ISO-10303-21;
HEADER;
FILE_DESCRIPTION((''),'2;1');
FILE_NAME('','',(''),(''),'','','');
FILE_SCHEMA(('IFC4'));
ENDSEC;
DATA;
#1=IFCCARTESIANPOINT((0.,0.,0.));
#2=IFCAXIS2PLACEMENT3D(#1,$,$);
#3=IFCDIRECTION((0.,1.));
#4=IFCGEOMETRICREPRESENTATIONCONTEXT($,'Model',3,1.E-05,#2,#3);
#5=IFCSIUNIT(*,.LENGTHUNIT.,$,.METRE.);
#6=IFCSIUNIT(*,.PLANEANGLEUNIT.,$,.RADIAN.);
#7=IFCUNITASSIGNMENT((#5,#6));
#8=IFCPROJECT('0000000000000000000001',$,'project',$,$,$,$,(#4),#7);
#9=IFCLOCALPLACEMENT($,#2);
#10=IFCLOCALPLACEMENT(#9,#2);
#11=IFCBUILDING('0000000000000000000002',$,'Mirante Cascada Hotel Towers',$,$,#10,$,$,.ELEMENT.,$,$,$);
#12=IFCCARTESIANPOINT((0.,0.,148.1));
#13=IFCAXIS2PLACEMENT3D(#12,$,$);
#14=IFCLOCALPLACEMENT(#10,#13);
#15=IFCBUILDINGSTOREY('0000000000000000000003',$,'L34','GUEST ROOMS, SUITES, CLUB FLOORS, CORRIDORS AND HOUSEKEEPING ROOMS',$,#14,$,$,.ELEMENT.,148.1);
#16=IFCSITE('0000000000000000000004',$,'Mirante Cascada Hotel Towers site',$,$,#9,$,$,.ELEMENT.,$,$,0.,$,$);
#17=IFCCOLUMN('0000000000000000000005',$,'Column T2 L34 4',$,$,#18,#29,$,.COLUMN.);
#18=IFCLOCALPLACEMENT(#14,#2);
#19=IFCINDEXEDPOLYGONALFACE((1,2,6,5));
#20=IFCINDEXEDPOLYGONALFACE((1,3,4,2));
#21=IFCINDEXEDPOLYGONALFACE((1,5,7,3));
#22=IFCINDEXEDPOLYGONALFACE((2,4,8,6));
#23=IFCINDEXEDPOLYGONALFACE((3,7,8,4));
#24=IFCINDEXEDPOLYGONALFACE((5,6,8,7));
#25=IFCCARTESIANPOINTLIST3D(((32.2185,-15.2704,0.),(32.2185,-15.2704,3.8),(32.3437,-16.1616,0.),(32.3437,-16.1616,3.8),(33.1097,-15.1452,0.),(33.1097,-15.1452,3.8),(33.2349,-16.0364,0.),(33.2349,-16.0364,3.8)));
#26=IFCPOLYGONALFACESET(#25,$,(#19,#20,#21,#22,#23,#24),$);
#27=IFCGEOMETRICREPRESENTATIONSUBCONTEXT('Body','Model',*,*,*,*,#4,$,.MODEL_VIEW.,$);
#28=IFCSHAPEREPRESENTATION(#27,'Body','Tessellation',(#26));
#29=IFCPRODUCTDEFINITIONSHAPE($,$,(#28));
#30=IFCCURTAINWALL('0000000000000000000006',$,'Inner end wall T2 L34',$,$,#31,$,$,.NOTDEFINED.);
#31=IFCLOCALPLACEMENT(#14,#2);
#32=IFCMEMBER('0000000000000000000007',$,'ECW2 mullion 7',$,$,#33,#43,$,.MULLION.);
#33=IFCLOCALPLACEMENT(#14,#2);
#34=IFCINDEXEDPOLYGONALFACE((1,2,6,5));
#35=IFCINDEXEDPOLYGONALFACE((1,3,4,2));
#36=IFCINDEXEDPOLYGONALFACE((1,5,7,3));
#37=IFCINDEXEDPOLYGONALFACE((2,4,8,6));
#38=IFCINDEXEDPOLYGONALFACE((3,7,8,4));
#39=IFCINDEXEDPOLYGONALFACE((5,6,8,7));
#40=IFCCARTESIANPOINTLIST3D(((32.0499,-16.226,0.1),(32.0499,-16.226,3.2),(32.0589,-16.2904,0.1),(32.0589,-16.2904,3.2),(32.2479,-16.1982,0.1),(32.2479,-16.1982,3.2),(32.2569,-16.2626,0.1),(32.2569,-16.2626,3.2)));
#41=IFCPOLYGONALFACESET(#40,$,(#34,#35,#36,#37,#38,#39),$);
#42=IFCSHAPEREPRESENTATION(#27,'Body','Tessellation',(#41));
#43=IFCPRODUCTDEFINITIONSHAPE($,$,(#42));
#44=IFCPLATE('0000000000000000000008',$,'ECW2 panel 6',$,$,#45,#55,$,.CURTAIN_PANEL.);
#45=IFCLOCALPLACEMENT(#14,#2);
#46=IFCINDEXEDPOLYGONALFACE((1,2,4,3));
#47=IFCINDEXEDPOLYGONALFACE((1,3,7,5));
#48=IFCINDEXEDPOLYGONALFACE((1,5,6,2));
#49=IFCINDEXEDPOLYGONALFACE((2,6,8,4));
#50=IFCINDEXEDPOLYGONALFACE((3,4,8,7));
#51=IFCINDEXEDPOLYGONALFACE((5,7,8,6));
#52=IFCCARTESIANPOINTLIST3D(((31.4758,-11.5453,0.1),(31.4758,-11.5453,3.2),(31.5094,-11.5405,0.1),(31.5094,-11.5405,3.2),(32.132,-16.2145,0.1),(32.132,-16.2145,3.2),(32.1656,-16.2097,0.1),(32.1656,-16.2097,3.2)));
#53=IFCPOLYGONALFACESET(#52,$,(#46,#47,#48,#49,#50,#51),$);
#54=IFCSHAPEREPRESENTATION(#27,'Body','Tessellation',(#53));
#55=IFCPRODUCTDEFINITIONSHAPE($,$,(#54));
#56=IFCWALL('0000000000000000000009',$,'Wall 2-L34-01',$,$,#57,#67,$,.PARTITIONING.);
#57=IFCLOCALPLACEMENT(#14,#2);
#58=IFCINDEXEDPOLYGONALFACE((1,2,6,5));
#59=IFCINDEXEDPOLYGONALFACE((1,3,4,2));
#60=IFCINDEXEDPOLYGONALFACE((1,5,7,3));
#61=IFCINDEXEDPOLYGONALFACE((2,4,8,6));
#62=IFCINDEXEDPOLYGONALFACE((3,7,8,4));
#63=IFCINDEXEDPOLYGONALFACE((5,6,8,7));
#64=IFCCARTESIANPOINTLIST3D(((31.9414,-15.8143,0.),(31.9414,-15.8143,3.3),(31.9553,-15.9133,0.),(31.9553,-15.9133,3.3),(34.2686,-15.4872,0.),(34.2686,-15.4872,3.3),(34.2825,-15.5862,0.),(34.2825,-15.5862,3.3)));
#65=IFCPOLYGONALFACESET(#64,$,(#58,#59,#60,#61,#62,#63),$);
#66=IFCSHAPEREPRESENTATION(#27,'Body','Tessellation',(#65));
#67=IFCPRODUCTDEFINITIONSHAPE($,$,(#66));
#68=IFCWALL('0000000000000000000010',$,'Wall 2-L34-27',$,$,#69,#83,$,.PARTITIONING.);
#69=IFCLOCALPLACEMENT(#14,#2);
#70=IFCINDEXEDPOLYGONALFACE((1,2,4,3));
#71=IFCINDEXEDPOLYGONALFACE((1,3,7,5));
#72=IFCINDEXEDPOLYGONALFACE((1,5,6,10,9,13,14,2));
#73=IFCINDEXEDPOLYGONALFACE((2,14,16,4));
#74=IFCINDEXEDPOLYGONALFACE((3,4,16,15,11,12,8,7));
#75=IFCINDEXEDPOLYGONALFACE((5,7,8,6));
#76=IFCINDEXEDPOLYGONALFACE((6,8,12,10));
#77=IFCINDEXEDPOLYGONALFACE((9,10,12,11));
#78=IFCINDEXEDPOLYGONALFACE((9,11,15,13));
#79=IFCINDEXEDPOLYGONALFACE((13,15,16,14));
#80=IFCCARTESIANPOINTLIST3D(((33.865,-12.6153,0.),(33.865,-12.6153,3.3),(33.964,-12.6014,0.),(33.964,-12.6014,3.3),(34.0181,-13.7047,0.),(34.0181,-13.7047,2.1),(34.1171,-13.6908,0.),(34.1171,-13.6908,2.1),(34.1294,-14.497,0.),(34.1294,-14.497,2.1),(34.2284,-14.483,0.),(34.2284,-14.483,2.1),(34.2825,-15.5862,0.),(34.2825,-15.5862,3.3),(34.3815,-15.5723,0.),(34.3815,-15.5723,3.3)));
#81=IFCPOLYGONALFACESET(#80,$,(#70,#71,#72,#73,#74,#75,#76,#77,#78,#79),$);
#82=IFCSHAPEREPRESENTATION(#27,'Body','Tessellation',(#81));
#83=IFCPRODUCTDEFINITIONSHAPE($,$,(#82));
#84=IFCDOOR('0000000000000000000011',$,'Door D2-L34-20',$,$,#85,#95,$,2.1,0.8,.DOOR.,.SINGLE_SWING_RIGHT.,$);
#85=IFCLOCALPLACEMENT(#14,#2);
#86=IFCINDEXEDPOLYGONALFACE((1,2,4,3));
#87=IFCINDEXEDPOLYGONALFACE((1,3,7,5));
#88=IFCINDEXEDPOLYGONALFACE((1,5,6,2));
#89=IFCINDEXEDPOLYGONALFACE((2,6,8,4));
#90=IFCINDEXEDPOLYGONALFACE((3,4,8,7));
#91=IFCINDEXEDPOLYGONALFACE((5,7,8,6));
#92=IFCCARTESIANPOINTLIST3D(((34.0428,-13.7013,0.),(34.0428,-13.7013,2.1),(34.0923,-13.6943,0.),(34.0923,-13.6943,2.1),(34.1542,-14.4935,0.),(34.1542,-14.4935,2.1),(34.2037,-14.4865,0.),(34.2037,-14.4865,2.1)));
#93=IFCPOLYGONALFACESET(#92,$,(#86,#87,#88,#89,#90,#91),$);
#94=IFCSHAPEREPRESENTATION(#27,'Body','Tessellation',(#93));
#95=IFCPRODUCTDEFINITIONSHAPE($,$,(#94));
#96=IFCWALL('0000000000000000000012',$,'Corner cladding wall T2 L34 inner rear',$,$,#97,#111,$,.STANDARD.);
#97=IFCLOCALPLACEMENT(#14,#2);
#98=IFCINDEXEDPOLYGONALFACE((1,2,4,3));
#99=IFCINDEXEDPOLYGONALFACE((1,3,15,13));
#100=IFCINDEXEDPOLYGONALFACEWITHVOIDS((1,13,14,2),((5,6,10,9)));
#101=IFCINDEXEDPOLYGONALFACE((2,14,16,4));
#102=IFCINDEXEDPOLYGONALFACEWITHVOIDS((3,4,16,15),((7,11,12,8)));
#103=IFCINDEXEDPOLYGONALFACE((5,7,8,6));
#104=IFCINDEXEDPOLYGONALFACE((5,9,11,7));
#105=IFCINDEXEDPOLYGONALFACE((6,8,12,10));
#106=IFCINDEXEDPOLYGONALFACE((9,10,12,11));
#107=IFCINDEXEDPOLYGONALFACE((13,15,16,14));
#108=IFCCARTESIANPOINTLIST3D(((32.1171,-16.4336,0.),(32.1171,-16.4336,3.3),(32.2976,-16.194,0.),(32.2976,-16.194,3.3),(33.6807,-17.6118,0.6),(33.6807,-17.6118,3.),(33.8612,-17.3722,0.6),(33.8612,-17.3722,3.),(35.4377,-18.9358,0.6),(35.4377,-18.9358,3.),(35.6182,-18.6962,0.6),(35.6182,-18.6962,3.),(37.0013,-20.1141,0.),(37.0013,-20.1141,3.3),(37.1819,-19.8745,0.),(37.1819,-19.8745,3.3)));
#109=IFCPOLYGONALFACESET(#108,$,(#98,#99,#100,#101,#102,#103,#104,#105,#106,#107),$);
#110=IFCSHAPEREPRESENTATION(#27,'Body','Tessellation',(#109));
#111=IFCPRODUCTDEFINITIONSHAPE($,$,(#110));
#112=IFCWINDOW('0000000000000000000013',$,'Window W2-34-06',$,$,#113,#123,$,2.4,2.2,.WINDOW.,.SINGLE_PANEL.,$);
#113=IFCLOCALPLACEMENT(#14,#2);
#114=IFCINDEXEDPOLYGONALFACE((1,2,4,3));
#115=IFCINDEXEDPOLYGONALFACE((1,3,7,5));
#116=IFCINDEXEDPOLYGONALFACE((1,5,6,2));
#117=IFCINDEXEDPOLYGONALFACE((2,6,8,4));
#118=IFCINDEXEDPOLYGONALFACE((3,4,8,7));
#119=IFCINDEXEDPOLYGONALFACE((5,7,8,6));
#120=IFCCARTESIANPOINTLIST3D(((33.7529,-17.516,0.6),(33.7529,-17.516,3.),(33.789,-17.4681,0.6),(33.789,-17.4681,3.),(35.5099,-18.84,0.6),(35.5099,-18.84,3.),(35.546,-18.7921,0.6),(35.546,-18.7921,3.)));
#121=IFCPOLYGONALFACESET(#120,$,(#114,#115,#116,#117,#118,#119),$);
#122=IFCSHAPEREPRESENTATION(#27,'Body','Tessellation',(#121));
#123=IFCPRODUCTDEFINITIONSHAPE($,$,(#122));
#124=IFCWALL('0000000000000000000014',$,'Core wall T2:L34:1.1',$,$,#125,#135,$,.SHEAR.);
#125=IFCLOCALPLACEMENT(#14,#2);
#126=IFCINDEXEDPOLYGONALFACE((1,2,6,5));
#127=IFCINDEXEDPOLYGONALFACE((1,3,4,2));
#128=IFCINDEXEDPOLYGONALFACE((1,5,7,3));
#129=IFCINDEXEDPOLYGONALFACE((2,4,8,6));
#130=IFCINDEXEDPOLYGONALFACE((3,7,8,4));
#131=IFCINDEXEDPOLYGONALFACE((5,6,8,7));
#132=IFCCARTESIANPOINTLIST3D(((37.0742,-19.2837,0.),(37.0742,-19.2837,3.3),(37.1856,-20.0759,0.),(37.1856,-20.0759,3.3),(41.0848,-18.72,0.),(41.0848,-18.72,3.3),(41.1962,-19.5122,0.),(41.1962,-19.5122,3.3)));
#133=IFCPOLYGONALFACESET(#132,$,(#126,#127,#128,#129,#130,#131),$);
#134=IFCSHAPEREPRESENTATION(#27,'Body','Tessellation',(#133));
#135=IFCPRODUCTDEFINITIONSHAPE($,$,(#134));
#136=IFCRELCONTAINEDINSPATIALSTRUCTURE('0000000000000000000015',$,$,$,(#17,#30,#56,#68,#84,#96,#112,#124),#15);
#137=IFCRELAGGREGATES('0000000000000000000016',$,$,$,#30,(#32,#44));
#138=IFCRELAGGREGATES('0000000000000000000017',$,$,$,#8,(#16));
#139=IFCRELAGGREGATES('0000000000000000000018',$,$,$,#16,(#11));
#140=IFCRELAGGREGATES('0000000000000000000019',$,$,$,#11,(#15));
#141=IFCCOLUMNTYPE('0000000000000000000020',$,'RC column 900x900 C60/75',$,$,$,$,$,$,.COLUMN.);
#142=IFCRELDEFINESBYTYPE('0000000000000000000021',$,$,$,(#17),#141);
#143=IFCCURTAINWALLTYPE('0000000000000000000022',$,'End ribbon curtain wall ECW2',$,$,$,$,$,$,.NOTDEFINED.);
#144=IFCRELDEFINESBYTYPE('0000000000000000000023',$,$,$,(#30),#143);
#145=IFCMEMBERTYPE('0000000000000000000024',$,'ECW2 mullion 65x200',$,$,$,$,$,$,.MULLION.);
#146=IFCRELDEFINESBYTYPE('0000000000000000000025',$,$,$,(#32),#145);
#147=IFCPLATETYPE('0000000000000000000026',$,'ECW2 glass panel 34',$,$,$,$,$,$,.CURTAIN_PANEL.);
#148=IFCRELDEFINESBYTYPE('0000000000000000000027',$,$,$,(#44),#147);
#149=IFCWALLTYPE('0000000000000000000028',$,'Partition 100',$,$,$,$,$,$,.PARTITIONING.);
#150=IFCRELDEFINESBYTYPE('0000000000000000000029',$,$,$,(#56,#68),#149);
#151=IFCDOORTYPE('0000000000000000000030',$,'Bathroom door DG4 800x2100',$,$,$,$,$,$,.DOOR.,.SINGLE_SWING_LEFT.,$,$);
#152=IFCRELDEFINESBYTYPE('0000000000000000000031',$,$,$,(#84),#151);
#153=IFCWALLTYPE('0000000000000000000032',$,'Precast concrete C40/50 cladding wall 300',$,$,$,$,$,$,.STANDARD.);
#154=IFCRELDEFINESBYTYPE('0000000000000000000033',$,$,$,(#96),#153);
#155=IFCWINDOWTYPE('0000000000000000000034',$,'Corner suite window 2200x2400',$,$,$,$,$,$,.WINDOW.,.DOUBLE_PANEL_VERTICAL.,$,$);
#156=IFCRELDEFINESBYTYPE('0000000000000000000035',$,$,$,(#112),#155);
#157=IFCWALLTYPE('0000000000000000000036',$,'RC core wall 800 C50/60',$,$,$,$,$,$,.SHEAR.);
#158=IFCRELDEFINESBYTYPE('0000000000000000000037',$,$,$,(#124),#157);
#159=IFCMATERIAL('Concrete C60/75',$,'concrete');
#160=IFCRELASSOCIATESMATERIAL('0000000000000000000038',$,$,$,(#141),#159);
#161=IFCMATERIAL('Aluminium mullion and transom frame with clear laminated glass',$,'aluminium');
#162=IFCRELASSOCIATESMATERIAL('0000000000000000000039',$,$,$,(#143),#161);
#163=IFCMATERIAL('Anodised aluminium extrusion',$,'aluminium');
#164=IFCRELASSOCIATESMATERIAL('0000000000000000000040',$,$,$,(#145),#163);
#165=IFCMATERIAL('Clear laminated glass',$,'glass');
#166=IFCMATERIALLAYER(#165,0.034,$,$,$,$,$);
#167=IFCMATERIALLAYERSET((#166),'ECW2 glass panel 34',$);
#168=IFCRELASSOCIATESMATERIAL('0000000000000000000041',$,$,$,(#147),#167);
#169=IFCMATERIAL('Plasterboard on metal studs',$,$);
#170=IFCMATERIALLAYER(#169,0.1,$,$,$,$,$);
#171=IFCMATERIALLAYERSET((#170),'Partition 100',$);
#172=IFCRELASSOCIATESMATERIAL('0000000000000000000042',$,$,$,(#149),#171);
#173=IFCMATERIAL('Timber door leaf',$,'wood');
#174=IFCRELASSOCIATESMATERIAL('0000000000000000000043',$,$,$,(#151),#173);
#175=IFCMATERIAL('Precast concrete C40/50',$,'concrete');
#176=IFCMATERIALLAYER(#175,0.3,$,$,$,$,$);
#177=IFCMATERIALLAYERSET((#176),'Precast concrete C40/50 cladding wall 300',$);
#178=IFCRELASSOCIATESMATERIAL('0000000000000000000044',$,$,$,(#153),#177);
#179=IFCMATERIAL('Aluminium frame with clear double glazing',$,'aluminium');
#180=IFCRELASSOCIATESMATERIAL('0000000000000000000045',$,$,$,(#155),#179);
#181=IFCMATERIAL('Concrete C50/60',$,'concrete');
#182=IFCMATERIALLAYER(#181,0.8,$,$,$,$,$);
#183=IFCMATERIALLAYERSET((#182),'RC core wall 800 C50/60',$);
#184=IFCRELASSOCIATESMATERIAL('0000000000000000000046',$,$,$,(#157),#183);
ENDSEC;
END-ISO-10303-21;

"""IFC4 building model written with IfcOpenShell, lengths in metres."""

from ifc_helpers import new_model, si_unit, direction, frame, frame_2d, origin, origin_2d, place, context, subcontext, project, spatial, rectangle, extrude, material, layer, layer_set, material_profile, profile_set, type_object, element, fill, aggregate, save


model = new_model("IFC4")

# Units and contexts
model_context = context("Model", 3, precision=1e-05, world=origin(), true_north=direction((0.0, 1.0)))
body_context = subcontext(model_context, "Body", "Model", "MODEL_VIEW")
ifc_project = project(units=[si_unit("LENGTHUNIT", "METRE"), si_unit("PLANEANGLEUNIT", "RADIAN")], contexts=[model_context])

# Site, building, storey
site_placement = place(None, origin())
site = spatial("IfcSite", under=ifc_project, at=site_placement, Name="Mirante Cascada Hotel Towers site", CompositionType="ELEMENT", RefElevation=0.0)
building_placement = place(site_placement, origin())
building = spatial("IfcBuilding", under=site, at=building_placement, Name="Mirante Cascada Hotel Towers", CompositionType="ELEMENT")
storey_placement = place(building_placement, frame((0.0, 0.0, 148.1)))
storey = spatial("IfcBuildingStorey", under=building, at=storey_placement, Name="L34", Description="GUEST ROOMS, SUITES, CLUB FLOORS, CORRIDORS AND HOUSEKEEPING ROOMS", CompositionType="ELEMENT", Elevation=148.1)

# Column
ifc_material_1 = material(Name="Concrete C60/75", Category="concrete")
ifc_material_profile_1 = material_profile(ifc_material_1, rectangle(XDim=0.9, YDim=0.9, at=origin_2d()), Name="RC column 900x900 C60/75")
ifc_profile_set_1 = profile_set([ifc_material_profile_1], Name="Concrete C60/75")
column_type = type_object("IfcColumnType", Name="RC column 900x900 C60/75", PredefinedType="COLUMN", material=ifc_profile_set_1)
column_placement = place(storey_placement, frame((32.7267, -15.6534, 0.0), z_axis=(0.0, 0.0, 1.0), x_axis=(0.990268, 0.139173, 0.0)))
element("IfcColumn", 1, at=column_placement, inside=storey, type_object=column_type, Name="Column T2 L34 4", PredefinedType="COLUMN", context=body_context, shape_type="SweptSolid", body=[
    extrude(rectangle(XDim=0.9, YDim=0.9, at=origin_2d()), origin(), (0.0, 0.0, 1.0), 3.8),
])

# Curtain wall, member, plate
ifc_material_2 = material(Name="Aluminium mullion and transom frame with clear laminated glass", Category="aluminium")
curtain_wall_type = type_object("IfcCurtainWallType", Name="End ribbon curtain wall ECW2", PredefinedType="NOTDEFINED", material=ifc_material_2)
curtain_wall_placement = place(storey_placement, origin())
curtain_wall = element("IfcCurtainWall", 2, at=curtain_wall_placement, inside=storey, type_object=curtain_wall_type, Name="Inner end wall T2 L34", PredefinedType="NOTDEFINED")
ifc_material_3 = material(Name="Anodised aluminium extrusion", Category="aluminium")
ifc_material_profile_2 = material_profile(ifc_material_3, rectangle(XDim=0.2, YDim=0.065, at=origin_2d()), Name="ECW2 MULLION 65x200")
ifc_profile_set_2 = profile_set([ifc_material_profile_2], Name="Anodised aluminium extrusion")
member_type = type_object("IfcMemberType", Name="ECW2 mullion 65x200", PredefinedType="MULLION", material=ifc_profile_set_2)
member_placement = place(storey_placement, frame((32.1534, -16.2443, 0.1), z_axis=(0.0, 0.0, 1.0), x_axis=(0.990268, 0.139173, 0.0)))
member = element("IfcMember", 3, at=member_placement, type_object=member_type, Name="ECW2 mullion 7", PredefinedType="MULLION", context=body_context, shape_type="SweptSolid", body=[
    extrude(rectangle(XDim=0.2, YDim=0.065, at=origin_2d()), origin(), (0.0, 0.0, 1.0), 3.1),
])
ifc_material_4 = material(Name="Clear laminated glass", Category="glass")
ifc_layer_1 = layer(ifc_material_4, 0.034)
ifc_layer_set_1 = layer_set([ifc_layer_1], Name="ECW2 glass panel 34")
plate_type = type_object("IfcPlateType", Name="ECW2 glass panel 34", PredefinedType="CURTAIN_PANEL", material=ifc_layer_set_1)
plate_placement = place(storey_placement, frame((31.8207, -13.8775, 0.1), z_axis=(0.0, 0.0, 1.0), x_axis=(0.139173, -0.990268, 0.0)))
plate = element("IfcPlate", 4, at=plate_placement, type_object=plate_type, Name="ECW2 panel 6", PredefinedType="CURTAIN_PANEL", context=body_context, shape_type="SweptSolid", body=[
    extrude(rectangle(XDim=4.7151, YDim=0.034, at=origin_2d()), origin(), (0.0, 0.0, 1.0), 3.1),
])
aggregate(curtain_wall, [member, plate])

# Wall
ifc_material_5 = material(Name="Plasterboard on metal studs")
ifc_layer_2 = layer(ifc_material_5, 0.1)
ifc_layer_set_2 = layer_set([ifc_layer_2], Name="Partition 100")
wall_type_1 = type_object("IfcWallType", Name="Partition 100", PredefinedType="PARTITIONING", material=ifc_layer_set_2)
wall_1_placement = place(storey_placement, frame((31.9484, -15.8638, 0.0), z_axis=(0.0, 0.0, 1.0), x_axis=(0.990266, 0.139187, 0.0)))
element("IfcWall", 5, at=wall_1_placement, inside=storey, type_object=wall_type_1, Name="Wall 2-L34-01", PredefinedType="PARTITIONING", context=body_context, shape_type="SweptSolid", body=[
    extrude(rectangle(XDim=2.3501, YDim=0.1, at=frame_2d((1.175, 0.0))), origin(), (0.0, 0.0, 1.0), 3.3),
])

# Wall, opening, door
wall_2_placement = place(storey_placement, frame((34.332, -15.5793, 0.0), z_axis=(0.0, 0.0, 1.0), x_axis=(-0.139162, 0.99027, 0.0)))
wall_2 = element("IfcWall", 6, at=wall_2_placement, inside=storey, type_object=wall_type_1, Name="Wall 2-L34-27", PredefinedType="PARTITIONING", context=body_context, shape_type="SweptSolid", body=[
    extrude(rectangle(XDim=3.0001, YDim=0.1, at=frame_2d((1.5001, 0.0))), origin(), (0.0, 0.0, 1.0), 3.3),
])
opening_1_placement = place(wall_2_placement, frame((1.1, 0.0, 0.0)))
opening_1 = element("IfcOpeningElement", 7, at=opening_1_placement, cuts=wall_2, PredefinedType="OPENING", context=body_context, shape_type="SweptSolid", body=[
    extrude(rectangle(XDim=0.8, YDim=2.1, at=frame_2d((0.4, 1.05))), frame((0.0, 0.05, 0.0), z_axis=(0.0, -1.0, 0.0), x_axis=(1.0, 0.0, 0.0)), (0.0, 0.0, 1.0), 0.1),
])
ifc_material_6 = material(Name="Timber door leaf", Category="wood")
door_type = type_object("IfcDoorType", Name="Bathroom door DG4 800x2100", OperationType="SINGLE_SWING_LEFT", PredefinedType="DOOR", material=ifc_material_6)
door_placement = place(opening_1_placement, frame((0.8, 0.0, 0.0), z_axis=(0.0, 0.0, 1.0), x_axis=(-1.0, 0.0, 0.0)))
door = element("IfcDoor", 8, at=door_placement, inside=storey, type_object=door_type, Name="Door D2-L34-20", OperationType="SINGLE_SWING_RIGHT", OverallHeight=2.1, OverallWidth=0.8, PredefinedType="DOOR", context=body_context, shape_type="SweptSolid", body=[
    extrude(rectangle(XDim=0.8, YDim=2.1, at=frame_2d((0.4, 1.05))), frame((0.0, 0.025, 0.0), z_axis=(0.0, -1.0, 0.0), x_axis=(1.0, 0.0, 0.0)), (0.0, 0.0, 1.0), 0.05),
])
fill(opening_1, door)

# Wall, opening, window
ifc_material_7 = material(Name="Precast concrete C40/50", Category="concrete")
ifc_layer_3 = layer(ifc_material_7, 0.3)
ifc_layer_set_3 = layer_set([ifc_layer_3], Name="Precast concrete C40/50 cladding wall 300")
wall_type_2 = type_object("IfcWallType", Name="Precast concrete C40/50 cladding wall 300", PredefinedType="STANDARD", material=ifc_layer_set_3)
wall_3_placement = place(storey_placement, frame((32.2074, -16.3138, 0.0), z_axis=(0.0, 0.0, 1.0), x_axis=(0.798636, -0.601814, 0.0)))
wall_3 = element("IfcWall", 9, at=wall_3_placement, inside=storey, type_object=wall_type_2, Name="Corner cladding wall T2 L34 inner rear", PredefinedType="STANDARD", context=body_context, shape_type="SweptSolid", body=[
    extrude(rectangle(XDim=6.1157, YDim=0.3, at=frame_2d((3.0578, 0.0))), origin(), (0.0, 0.0, 1.0), 3.3),
])
opening_2_placement = place(wall_3_placement, frame((1.9578, 0.0, 0.6)))
opening_2 = element("IfcOpeningElement", 10, at=opening_2_placement, cuts=wall_3, PredefinedType="OPENING", context=body_context, shape_type="SweptSolid", body=[
    extrude(rectangle(XDim=2.2, YDim=2.4, at=frame_2d((1.1, 1.2))), frame((0.0, 0.15, 0.0), z_axis=(0.0, -1.0, 0.0), x_axis=(1.0, 0.0, 0.0)), (0.0, 0.0, 1.0), 0.3),
])
ifc_material_8 = material(Name="Aluminium frame with clear double glazing", Category="aluminium")
window_type = type_object("IfcWindowType", Name="Corner suite window 2200x2400", PartitioningType="DOUBLE_PANEL_VERTICAL", PredefinedType="WINDOW", material=ifc_material_8)
window_placement = place(opening_2_placement, origin())
window = element("IfcWindow", 11, at=window_placement, inside=storey, type_object=window_type, Name="Window W2-34-06", OverallHeight=2.4, OverallWidth=2.2, PartitioningType="SINGLE_PANEL", PredefinedType="WINDOW", context=body_context, shape_type="SweptSolid", body=[
    extrude(rectangle(XDim=2.2, YDim=2.4, at=frame_2d((1.1, 1.2))), frame((0.0, 0.03, 0.0), z_axis=(0.0, -1.0, 0.0), x_axis=(1.0, 0.0, 0.0)), (0.0, 0.0, 1.0), 0.06),
])
fill(opening_2, window)

# Wall
ifc_material_9 = material(Name="Concrete C50/60", Category="concrete")
ifc_layer_4 = layer(ifc_material_9, 0.8)
ifc_layer_set_4 = layer_set([ifc_layer_4], Name="RC core wall 800 C50/60")
wall_type_3 = type_object("IfcWallType", Name="RC core wall 800 C50/60", PredefinedType="SHEAR", material=ifc_layer_set_4)
wall_4_placement = place(storey_placement, frame((37.1299, -19.6798, 0.0), z_axis=(0.0, 0.0, 1.0), x_axis=(0.990267, 0.139184, 0.0)))
element("IfcWall", 12, at=wall_4_placement, inside=storey, type_object=wall_type_3, Name="Core wall T2:L34:1.1", PredefinedType="SHEAR", context=body_context, shape_type="SweptSolid", body=[
    extrude(rectangle(XDim=4.05, YDim=0.8, at=frame_2d((2.025, 0.0))), origin(), (0.0, 0.0, 1.0), 3.3),
])

save(model, "model.ifc")
